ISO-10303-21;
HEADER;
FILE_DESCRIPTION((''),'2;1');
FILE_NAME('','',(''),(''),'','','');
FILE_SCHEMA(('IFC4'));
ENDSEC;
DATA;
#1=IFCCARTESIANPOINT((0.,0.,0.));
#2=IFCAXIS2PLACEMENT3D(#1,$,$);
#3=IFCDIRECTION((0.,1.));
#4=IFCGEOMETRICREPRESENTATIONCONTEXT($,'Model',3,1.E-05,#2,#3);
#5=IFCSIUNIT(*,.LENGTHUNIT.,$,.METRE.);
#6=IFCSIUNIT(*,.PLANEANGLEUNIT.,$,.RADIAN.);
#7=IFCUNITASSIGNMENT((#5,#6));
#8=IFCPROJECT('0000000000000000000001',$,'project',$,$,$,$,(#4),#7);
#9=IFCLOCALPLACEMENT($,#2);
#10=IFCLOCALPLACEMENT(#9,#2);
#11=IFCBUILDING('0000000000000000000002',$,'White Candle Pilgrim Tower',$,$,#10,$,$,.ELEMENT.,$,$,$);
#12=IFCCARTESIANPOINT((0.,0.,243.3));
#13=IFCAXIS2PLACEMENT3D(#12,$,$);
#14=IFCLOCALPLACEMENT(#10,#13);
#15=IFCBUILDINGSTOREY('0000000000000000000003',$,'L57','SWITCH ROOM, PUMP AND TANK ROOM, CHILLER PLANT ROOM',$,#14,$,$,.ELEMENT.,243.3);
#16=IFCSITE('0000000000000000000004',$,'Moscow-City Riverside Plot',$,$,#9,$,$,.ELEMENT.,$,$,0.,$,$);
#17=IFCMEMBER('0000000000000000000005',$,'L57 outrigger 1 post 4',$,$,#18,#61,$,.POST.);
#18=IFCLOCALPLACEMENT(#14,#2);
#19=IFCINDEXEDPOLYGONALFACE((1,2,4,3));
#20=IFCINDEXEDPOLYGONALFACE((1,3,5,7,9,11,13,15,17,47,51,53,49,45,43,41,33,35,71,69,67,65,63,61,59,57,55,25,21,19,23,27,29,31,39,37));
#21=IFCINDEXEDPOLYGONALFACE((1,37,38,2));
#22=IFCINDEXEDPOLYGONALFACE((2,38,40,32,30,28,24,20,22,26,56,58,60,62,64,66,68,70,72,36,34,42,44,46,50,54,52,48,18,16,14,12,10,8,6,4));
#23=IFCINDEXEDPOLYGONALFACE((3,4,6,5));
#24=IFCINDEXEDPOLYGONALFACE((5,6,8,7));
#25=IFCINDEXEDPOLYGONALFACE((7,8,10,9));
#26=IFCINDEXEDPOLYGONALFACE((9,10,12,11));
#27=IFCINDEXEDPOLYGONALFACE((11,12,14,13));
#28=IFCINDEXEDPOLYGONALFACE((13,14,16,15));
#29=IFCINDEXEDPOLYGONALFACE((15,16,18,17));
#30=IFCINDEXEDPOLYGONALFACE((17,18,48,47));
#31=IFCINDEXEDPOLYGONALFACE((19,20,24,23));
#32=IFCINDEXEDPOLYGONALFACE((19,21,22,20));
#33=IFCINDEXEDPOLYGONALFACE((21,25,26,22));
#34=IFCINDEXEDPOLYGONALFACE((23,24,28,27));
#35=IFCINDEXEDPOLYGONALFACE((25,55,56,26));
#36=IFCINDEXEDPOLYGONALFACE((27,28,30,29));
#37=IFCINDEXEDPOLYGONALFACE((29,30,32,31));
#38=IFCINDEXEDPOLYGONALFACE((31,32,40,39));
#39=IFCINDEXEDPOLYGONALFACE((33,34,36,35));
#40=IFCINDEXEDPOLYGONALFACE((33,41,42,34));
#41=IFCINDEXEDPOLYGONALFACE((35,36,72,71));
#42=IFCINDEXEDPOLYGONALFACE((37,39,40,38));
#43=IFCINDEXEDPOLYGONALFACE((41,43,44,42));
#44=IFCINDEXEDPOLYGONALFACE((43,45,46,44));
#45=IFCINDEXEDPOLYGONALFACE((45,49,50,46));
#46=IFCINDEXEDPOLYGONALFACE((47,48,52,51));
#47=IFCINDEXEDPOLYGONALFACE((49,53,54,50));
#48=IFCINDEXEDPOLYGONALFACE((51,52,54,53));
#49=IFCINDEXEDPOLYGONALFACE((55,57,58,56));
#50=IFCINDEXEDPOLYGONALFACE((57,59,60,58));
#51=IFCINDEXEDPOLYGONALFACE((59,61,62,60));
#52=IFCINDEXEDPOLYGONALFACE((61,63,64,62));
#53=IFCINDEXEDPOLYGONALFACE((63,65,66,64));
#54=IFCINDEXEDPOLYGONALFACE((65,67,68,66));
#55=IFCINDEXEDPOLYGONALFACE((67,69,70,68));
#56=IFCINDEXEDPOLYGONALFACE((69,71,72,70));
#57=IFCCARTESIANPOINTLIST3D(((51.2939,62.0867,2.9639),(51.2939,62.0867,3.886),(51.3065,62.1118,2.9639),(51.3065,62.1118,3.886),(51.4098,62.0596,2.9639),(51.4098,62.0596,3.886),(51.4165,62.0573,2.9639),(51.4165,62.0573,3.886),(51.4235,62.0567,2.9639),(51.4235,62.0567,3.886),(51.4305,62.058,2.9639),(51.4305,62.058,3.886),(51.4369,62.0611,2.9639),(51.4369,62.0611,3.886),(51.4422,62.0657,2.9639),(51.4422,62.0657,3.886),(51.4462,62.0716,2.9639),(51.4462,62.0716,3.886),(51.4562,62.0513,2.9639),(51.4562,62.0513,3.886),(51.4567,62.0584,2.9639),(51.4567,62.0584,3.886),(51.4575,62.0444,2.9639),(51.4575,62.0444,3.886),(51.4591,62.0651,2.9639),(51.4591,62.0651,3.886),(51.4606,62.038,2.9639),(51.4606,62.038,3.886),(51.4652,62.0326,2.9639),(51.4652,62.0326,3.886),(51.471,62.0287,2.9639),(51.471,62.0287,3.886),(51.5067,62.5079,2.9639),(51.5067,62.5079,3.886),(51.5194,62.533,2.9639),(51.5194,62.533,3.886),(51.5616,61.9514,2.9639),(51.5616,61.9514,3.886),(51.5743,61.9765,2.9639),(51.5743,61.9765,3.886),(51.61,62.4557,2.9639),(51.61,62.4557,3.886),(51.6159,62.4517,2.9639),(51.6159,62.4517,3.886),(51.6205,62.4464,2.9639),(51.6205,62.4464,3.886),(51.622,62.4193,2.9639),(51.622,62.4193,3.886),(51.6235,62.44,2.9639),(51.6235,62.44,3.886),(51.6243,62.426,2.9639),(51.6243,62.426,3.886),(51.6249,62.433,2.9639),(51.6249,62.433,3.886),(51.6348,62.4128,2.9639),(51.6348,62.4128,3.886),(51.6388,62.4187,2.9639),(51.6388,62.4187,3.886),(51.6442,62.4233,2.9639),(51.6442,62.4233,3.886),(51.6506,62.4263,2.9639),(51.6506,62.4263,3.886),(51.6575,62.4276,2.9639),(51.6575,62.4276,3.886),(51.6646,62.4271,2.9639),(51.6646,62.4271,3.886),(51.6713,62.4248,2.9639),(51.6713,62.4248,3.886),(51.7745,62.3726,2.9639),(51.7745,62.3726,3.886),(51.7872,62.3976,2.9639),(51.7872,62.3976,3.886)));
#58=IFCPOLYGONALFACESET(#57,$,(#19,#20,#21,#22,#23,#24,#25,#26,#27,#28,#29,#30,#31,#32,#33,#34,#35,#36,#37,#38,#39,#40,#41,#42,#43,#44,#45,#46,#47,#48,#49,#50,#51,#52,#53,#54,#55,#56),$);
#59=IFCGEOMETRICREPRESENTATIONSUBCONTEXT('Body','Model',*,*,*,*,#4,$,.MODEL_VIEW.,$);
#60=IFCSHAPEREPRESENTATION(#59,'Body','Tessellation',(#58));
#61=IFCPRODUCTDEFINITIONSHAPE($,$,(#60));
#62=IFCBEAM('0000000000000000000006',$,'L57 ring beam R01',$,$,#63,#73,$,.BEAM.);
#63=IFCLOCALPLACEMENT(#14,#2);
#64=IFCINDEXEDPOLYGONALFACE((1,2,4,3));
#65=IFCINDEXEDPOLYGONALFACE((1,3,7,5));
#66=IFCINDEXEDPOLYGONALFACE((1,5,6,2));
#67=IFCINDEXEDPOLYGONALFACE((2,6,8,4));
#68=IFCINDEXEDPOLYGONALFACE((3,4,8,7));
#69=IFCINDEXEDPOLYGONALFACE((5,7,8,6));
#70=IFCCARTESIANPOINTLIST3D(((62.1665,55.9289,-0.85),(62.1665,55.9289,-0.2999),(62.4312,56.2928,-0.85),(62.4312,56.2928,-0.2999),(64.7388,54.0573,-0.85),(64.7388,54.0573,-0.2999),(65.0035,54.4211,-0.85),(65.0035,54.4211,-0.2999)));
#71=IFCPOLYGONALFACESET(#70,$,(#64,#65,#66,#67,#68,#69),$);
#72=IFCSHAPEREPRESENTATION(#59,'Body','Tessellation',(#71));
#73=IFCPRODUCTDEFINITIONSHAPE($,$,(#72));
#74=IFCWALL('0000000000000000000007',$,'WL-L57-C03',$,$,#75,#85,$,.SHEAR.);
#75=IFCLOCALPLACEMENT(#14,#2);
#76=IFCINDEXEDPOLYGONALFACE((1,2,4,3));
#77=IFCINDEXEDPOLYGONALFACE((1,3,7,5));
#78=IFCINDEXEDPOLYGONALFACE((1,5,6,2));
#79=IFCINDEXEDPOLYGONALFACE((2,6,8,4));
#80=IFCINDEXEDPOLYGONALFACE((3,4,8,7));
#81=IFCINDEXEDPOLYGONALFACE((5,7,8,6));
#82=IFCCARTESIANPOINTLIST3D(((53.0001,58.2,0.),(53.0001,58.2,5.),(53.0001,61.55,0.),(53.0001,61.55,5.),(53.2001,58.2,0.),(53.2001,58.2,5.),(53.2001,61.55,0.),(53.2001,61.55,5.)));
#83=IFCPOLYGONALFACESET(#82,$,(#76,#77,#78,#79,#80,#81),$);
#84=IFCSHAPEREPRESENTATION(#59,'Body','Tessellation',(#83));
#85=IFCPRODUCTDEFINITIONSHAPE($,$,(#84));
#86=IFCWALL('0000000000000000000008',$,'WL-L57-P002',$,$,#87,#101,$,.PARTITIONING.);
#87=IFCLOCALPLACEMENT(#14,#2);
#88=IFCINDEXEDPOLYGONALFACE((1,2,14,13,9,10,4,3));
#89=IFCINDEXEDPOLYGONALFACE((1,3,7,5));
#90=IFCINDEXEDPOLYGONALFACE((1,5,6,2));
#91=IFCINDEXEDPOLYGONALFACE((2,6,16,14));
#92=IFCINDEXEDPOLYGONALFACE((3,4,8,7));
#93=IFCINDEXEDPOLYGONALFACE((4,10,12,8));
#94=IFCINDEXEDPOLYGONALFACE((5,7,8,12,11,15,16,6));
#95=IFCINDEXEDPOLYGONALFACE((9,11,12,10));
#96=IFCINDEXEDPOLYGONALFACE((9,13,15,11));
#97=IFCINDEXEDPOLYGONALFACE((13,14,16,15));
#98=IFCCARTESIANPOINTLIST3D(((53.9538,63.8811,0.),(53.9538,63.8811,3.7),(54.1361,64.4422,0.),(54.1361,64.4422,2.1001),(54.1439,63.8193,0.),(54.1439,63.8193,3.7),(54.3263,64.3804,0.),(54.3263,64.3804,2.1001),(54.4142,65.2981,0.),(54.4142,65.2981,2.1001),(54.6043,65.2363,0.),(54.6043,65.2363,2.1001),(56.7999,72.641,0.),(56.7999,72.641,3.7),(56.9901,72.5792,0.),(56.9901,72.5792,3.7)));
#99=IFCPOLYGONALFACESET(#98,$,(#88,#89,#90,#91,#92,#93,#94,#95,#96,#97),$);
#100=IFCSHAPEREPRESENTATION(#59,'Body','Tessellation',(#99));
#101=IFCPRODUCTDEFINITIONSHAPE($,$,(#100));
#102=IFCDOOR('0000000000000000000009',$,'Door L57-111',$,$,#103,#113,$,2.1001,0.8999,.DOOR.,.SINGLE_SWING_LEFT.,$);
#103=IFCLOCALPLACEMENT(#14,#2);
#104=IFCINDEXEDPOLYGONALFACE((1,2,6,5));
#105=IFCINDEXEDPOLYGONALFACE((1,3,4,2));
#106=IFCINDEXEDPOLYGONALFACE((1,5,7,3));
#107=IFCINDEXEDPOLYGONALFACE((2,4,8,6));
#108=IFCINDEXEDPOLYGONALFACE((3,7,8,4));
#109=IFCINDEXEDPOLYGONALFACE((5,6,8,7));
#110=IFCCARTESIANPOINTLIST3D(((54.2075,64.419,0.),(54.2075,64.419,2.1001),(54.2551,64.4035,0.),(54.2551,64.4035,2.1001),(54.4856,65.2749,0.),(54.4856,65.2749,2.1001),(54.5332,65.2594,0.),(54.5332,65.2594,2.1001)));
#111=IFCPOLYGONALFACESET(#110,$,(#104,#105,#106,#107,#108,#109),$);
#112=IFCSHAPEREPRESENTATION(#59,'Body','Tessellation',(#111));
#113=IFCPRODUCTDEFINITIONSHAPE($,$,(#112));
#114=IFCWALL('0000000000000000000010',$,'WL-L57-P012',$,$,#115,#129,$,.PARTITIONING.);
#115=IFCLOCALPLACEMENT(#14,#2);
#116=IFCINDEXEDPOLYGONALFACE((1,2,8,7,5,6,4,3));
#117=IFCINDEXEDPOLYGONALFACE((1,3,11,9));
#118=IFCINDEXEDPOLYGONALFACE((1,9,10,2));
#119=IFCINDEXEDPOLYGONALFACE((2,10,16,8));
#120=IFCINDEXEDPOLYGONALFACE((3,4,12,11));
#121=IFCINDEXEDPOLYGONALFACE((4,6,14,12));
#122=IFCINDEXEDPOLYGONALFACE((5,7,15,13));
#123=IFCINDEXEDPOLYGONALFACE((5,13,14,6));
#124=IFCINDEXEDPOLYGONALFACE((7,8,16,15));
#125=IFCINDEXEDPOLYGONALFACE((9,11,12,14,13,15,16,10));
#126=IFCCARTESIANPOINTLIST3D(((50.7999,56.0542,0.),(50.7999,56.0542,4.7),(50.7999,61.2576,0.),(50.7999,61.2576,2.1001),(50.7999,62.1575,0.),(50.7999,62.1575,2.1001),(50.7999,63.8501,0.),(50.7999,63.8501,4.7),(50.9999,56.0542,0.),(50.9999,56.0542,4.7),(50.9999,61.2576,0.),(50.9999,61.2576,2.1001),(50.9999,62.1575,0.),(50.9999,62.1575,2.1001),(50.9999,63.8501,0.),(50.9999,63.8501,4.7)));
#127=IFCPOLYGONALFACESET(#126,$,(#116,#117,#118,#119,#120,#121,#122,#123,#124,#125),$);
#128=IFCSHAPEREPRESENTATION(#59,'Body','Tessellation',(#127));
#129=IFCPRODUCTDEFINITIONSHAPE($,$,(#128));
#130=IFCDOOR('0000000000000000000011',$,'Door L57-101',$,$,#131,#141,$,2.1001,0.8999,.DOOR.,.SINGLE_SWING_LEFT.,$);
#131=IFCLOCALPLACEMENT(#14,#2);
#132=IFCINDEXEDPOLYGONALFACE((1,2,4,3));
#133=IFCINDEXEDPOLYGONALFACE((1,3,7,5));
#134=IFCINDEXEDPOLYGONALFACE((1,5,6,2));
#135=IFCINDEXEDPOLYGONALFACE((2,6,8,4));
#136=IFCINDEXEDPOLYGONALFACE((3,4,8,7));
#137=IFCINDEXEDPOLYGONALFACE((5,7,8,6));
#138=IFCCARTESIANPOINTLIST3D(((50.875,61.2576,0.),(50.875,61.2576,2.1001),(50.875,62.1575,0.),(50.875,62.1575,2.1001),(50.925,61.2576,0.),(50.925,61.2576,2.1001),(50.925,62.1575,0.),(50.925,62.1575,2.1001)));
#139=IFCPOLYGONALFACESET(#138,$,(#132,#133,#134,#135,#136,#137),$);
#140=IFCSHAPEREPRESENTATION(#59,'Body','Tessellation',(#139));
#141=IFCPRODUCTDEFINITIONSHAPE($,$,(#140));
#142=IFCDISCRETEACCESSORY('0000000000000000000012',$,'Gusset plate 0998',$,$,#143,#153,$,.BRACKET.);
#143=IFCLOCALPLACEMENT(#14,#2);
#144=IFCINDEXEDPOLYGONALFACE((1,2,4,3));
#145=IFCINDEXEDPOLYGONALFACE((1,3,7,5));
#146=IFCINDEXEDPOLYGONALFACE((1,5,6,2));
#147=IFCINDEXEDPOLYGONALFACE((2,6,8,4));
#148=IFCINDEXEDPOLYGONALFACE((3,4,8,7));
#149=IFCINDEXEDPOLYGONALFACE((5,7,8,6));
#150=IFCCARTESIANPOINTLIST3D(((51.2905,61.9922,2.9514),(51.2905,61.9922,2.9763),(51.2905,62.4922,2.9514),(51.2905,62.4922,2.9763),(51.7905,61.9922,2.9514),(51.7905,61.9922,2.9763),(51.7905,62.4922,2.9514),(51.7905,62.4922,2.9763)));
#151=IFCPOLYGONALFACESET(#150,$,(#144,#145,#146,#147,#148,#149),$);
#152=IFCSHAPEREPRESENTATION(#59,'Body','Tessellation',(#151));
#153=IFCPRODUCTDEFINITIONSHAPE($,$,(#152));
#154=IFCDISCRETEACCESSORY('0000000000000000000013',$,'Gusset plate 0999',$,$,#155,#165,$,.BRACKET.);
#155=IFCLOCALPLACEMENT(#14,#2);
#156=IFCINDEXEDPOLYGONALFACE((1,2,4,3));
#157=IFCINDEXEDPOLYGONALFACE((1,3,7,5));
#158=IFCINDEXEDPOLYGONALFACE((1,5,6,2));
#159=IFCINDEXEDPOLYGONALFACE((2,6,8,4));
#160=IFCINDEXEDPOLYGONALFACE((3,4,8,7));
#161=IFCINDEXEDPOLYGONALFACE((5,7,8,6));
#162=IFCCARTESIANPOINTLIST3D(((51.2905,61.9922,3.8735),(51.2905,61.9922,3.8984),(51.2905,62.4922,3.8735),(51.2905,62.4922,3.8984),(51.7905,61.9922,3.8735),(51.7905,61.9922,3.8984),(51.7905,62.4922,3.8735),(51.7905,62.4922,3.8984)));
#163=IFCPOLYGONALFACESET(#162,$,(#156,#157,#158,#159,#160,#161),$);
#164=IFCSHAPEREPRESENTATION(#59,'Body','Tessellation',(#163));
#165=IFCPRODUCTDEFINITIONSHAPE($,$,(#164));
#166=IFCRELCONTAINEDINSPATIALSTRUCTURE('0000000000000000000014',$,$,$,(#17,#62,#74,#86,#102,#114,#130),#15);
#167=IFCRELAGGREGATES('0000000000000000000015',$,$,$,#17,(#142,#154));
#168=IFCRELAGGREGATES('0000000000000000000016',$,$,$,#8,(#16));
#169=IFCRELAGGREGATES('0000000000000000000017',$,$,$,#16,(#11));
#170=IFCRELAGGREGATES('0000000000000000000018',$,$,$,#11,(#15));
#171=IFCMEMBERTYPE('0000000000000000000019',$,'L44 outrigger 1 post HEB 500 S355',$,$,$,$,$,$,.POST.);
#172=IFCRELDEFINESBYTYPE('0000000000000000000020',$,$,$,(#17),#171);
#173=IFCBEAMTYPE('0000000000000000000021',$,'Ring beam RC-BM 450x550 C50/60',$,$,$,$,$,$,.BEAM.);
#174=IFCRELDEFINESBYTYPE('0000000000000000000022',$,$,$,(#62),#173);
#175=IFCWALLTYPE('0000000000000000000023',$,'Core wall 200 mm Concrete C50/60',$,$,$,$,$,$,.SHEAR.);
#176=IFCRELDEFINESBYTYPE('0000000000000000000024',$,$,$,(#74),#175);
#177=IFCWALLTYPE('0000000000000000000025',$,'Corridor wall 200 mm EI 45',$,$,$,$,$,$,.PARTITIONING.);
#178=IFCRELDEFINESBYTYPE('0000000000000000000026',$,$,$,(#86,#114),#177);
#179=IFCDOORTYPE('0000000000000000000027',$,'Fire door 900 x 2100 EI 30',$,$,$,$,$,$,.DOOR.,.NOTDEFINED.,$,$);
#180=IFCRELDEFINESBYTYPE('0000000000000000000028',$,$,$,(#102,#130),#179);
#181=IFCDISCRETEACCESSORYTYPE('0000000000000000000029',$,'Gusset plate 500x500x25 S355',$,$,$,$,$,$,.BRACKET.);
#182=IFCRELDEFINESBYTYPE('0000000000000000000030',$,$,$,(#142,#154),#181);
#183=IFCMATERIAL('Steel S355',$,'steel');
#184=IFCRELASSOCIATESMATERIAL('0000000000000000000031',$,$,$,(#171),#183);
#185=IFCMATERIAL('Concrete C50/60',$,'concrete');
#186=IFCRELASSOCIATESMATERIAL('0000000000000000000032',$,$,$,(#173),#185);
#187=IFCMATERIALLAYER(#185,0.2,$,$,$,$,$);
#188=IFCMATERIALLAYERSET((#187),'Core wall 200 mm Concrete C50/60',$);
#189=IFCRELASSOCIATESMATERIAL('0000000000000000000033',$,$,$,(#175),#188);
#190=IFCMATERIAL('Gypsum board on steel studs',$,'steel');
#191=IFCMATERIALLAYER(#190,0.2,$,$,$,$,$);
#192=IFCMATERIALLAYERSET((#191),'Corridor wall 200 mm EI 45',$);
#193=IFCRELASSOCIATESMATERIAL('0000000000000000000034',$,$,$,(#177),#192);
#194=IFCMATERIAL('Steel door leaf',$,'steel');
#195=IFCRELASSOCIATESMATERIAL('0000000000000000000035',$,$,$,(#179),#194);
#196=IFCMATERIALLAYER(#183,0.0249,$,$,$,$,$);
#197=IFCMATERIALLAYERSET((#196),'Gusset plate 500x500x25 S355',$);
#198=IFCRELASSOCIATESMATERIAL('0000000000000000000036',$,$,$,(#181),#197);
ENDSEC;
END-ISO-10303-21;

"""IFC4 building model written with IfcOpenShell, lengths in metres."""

from ifc_helpers import new_model, si_unit, direction, frame, frame_2d, origin, origin_2d, place, context, subcontext, project, spatial, rectangle, i_section, extrude, material, layer, layer_set, material_profile, profile_set, type_object, element, fill, aggregate, save


model = new_model("IFC4")

# Units and contexts
model_context = context("Model", 3, precision=1e-05, world=origin(), true_north=direction((0.0, 1.0)))
body_context = subcontext(model_context, "Body", "Model", "MODEL_VIEW")
ifc_project = project(units=[si_unit("LENGTHUNIT", "METRE"), si_unit("PLANEANGLEUNIT", "RADIAN")], contexts=[model_context])

# Site, building, storey
site_placement = place(None, origin())
site = spatial("IfcSite", under=ifc_project, at=site_placement, Name="Moscow-City Riverside Plot", CompositionType="ELEMENT", RefElevation=0.0)
building_placement = place(site_placement, origin())
building = spatial("IfcBuilding", under=site, at=building_placement, Name="White Candle Pilgrim Tower", CompositionType="ELEMENT")
storey_placement = place(building_placement, frame((0.0, 0.0, 243.3)))
storey = spatial("IfcBuildingStorey", under=building, at=storey_placement, Name="L57", Description="SWITCH ROOM, PUMP AND TANK ROOM, CHILLER PLANT ROOM", CompositionType="ELEMENT", Elevation=243.3)

# Shared definitions
ifc_material_1 = material(Name="Steel S355", Category="steel")

# Member
ifc_material_profile_1 = material_profile(ifc_material_1, i_section(OverallWidth=0.3, OverallDepth=0.5, WebThickness=0.0144, FlangeThickness=0.0281, FilletRadius=0.0271, at=origin_2d()), Name="HEB 500")
ifc_profile_set_1 = profile_set([ifc_material_profile_1], Name="Steel S355")
member_type_1 = type_object("IfcMemberType", Name="L44 outrigger 1 post HEB 500 S355", PredefinedType="POST", material=ifc_profile_set_1)
member_1_placement = place(storey_placement, frame((51.5405, 62.2422, 2.9639), z_axis=(0.0, 0.0, 1.0), x_axis=(0.892472, -0.451103, 0.0)))
member_1 = element("IfcMember", 1, at=member_1_placement, inside=storey, type_object=member_type_1, Name="L57 outrigger 1 post 4", PredefinedType="POST", context=body_context, shape_type="SweptSolid", body=[
    extrude(i_section(OverallWidth=0.3, OverallDepth=0.5, WebThickness=0.0144, FlangeThickness=0.0281, FilletRadius=0.0271, at=origin_2d()), origin(), (0.0, 0.0, 1.0), 0.9221),
])

# Beam
ifc_material_2 = material(Name="Concrete C50/60", Category="concrete")
ifc_material_profile_2 = material_profile(ifc_material_2, rectangle(XDim=0.45, YDim=0.55, at=origin_2d()), Name="RC-BM 450x550")
ifc_profile_set_2 = profile_set([ifc_material_profile_2], Name="Concrete C50/60")
beam_type = type_object("IfcBeamType", Name="Ring beam RC-BM 450x550 C50/60", PredefinedType="BEAM", material=ifc_profile_set_2)
beam_placement = place(storey_placement, frame((62.2988, 56.1108, -0.575), z_axis=(0.80861, -0.588345, 0.0), x_axis=(0.588345, 0.80861, 0.0)))
element("IfcBeam", 2, at=beam_placement, inside=storey, type_object=beam_type, Name="L57 ring beam R01", PredefinedType="BEAM", context=body_context, shape_type="SweptSolid", body=[
    extrude(rectangle(XDim=0.45, YDim=0.55, at=origin_2d()), origin(), (0.0, 0.0, 1.0), 3.1812),
])

# Wall
ifc_layer_1 = layer(ifc_material_2, 0.2)
ifc_layer_set_1 = layer_set([ifc_layer_1], Name="Core wall 200 mm Concrete C50/60")
wall_type_1 = type_object("IfcWallType", Name="Core wall 200 mm Concrete C50/60", PredefinedType="SHEAR", material=ifc_layer_set_1)
wall_1_placement = place(storey_placement, frame((53.1001, 58.2, 0.0), z_axis=(0.0, 0.0, 1.0), x_axis=(0.0, 1.0, 0.0)))
element("IfcWall", 3, at=wall_1_placement, inside=storey, type_object=wall_type_1, Name="WL-L57-C03", PredefinedType="SHEAR", context=body_context, shape_type="SweptSolid", body=[
    extrude(rectangle(XDim=3.3501, YDim=0.2, at=frame_2d((1.675, 0.0))), origin(), (0.0, 0.0, 1.0), 5.0),
])

# Walls, openings, doors
ifc_material_3 = material(Name="Gypsum board on steel studs", Category="steel")
ifc_layer_2 = layer(ifc_material_3, 0.2)
ifc_layer_set_2 = layer_set([ifc_layer_2], Name="Corridor wall 200 mm EI 45")
wall_type_2 = type_object("IfcWallType", Name="Corridor wall 200 mm EI 45", PredefinedType="PARTITIONING", material=ifc_layer_set_2)
wall_2_placement = place(storey_placement, frame((54.0488, 63.8501, 0.0), z_axis=(0.0, 0.0, 1.0), x_axis=(0.309006, 0.95106, 0.0)))
wall_2 = element("IfcWall", 4, at=wall_2_placement, inside=storey, type_object=wall_type_2, Name="WL-L57-P002", PredefinedType="PARTITIONING", context=body_context, shape_type="SweptSolid", body=[
    extrude(rectangle(XDim=9.2107, YDim=0.2, at=frame_2d((4.6055, 0.0))), origin(), (0.0, 0.0, 1.0), 3.7),
])
opening_1_placement = place(wall_2_placement, frame((0.5901, 0.0, 0.0)))
opening_1 = element("IfcOpeningElement", 5, at=opening_1_placement, cuts=wall_2, PredefinedType="OPENING", context=body_context, shape_type="SweptSolid", body=[
    extrude(rectangle(XDim=0.8999, YDim=2.1001, at=frame_2d((0.45, 1.05))), frame((0.0, 0.1099, 0.0), z_axis=(0.0, -1.0, 0.0), x_axis=(1.0, 0.0, 0.0)), (0.0, 0.0, 1.0), 0.22),
])
ifc_material_4 = material(Name="Steel door leaf", Category="steel")
door_type_1 = type_object("IfcDoorType", Name="Fire door 900 x 2100 EI 30", OperationType="NOTDEFINED", PredefinedType="DOOR", material=ifc_material_4)
door_1_placement = place(opening_1_placement, origin())
door_1 = element("IfcDoor", 6, at=door_1_placement, inside=storey, type_object=door_type_1, Name="Door L57-111", OperationType="SINGLE_SWING_LEFT", OverallHeight=2.1001, OverallWidth=0.8999, PredefinedType="DOOR", context=body_context, shape_type="SweptSolid", body=[
    extrude(rectangle(XDim=0.8999, YDim=2.1001, at=frame_2d((0.45, 1.05))), frame((0.0, 0.0249, 0.0), z_axis=(0.0, -1.0, 0.0), x_axis=(1.0, 0.0, 0.0)), (0.0, 0.0, 1.0), 0.05),
])
fill(opening_1, door_1)
wall_3_placement = place(storey_placement, frame((50.8999, 56.0542, 0.0), z_axis=(0.0, 0.0, 1.0), x_axis=(0.0, 1.0, 0.0)))
wall_3 = element("IfcWall", 7, at=wall_3_placement, inside=storey, type_object=wall_type_2, Name="WL-L57-P012", PredefinedType="PARTITIONING", context=body_context, shape_type="SweptSolid", body=[
    extrude(rectangle(XDim=7.7959, YDim=0.2, at=frame_2d((3.8979, 0.0))), origin(), (0.0, 0.0, 1.0), 4.7),
])
opening_2_placement = place(wall_3_placement, frame((5.2034, 0.0, 0.0)))
opening_2 = element("IfcOpeningElement", 8, at=opening_2_placement, cuts=wall_3, PredefinedType="OPENING", context=body_context, shape_type="SweptSolid", body=[
    extrude(rectangle(XDim=0.8999, YDim=2.1001, at=frame_2d((0.45, 1.05))), frame((0.0, 0.1099, 0.0), z_axis=(0.0, -1.0, 0.0), x_axis=(1.0, 0.0, 0.0)), (0.0, 0.0, 1.0), 0.22),
])
door_2_placement = place(opening_2_placement, origin())
door_2 = element("IfcDoor", 9, at=door_2_placement, inside=storey, type_object=door_type_1, Name="Door L57-101", OperationType="SINGLE_SWING_LEFT", OverallHeight=2.1001, OverallWidth=0.8999, PredefinedType="DOOR", context=body_context, shape_type="SweptSolid", body=[
    extrude(rectangle(XDim=0.8999, YDim=2.1001, at=frame_2d((0.45, 1.05))), frame((0.0, 0.0249, 0.0), z_axis=(0.0, -1.0, 0.0), x_axis=(1.0, 0.0, 0.0)), (0.0, 0.0, 1.0), 0.05),
])
fill(opening_2, door_2)

# Discrete accessories
ifc_layer_3 = layer(ifc_material_1, 0.0249)
ifc_layer_set_3 = layer_set([ifc_layer_3], Name="Gusset plate 500x500x25 S355")
discrete_accessory_type = type_object("IfcDiscreteAccessoryType", Name="Gusset plate 500x500x25 S355", PredefinedType="BRACKET", material=ifc_layer_set_3)
discrete_accessory_1_placement = place(storey_placement, frame((51.5405, 62.2422, 2.9514), z_axis=(0.0, 0.0, 1.0), x_axis=(1.0, 0.0, 0.0)))
discrete_accessory_1 = element("IfcDiscreteAccessory", 10, at=discrete_accessory_1_placement, type_object=discrete_accessory_type, Name="Gusset plate 0998", PredefinedType="BRACKET", context=body_context, shape_type="SweptSolid", body=[
    extrude(rectangle(XDim=0.5, YDim=0.5, at=origin_2d()), origin(), (0.0, 0.0, 1.0), 0.0249),
])
discrete_accessory_2_placement = place(storey_placement, frame((51.5405, 62.2422, 3.8735), z_axis=(0.0, 0.0, 1.0), x_axis=(1.0, 0.0, 0.0)))
discrete_accessory_2 = element("IfcDiscreteAccessory", 11, at=discrete_accessory_2_placement, type_object=discrete_accessory_type, Name="Gusset plate 0999", PredefinedType="BRACKET", context=body_context, shape_type="SweptSolid", body=[
    extrude(rectangle(XDim=0.5, YDim=0.5, at=origin_2d()), origin(), (0.0, 0.0, 1.0), 0.0249),
])
aggregate(member_1, [discrete_accessory_1, discrete_accessory_2])

save(model, "model.ifc")
